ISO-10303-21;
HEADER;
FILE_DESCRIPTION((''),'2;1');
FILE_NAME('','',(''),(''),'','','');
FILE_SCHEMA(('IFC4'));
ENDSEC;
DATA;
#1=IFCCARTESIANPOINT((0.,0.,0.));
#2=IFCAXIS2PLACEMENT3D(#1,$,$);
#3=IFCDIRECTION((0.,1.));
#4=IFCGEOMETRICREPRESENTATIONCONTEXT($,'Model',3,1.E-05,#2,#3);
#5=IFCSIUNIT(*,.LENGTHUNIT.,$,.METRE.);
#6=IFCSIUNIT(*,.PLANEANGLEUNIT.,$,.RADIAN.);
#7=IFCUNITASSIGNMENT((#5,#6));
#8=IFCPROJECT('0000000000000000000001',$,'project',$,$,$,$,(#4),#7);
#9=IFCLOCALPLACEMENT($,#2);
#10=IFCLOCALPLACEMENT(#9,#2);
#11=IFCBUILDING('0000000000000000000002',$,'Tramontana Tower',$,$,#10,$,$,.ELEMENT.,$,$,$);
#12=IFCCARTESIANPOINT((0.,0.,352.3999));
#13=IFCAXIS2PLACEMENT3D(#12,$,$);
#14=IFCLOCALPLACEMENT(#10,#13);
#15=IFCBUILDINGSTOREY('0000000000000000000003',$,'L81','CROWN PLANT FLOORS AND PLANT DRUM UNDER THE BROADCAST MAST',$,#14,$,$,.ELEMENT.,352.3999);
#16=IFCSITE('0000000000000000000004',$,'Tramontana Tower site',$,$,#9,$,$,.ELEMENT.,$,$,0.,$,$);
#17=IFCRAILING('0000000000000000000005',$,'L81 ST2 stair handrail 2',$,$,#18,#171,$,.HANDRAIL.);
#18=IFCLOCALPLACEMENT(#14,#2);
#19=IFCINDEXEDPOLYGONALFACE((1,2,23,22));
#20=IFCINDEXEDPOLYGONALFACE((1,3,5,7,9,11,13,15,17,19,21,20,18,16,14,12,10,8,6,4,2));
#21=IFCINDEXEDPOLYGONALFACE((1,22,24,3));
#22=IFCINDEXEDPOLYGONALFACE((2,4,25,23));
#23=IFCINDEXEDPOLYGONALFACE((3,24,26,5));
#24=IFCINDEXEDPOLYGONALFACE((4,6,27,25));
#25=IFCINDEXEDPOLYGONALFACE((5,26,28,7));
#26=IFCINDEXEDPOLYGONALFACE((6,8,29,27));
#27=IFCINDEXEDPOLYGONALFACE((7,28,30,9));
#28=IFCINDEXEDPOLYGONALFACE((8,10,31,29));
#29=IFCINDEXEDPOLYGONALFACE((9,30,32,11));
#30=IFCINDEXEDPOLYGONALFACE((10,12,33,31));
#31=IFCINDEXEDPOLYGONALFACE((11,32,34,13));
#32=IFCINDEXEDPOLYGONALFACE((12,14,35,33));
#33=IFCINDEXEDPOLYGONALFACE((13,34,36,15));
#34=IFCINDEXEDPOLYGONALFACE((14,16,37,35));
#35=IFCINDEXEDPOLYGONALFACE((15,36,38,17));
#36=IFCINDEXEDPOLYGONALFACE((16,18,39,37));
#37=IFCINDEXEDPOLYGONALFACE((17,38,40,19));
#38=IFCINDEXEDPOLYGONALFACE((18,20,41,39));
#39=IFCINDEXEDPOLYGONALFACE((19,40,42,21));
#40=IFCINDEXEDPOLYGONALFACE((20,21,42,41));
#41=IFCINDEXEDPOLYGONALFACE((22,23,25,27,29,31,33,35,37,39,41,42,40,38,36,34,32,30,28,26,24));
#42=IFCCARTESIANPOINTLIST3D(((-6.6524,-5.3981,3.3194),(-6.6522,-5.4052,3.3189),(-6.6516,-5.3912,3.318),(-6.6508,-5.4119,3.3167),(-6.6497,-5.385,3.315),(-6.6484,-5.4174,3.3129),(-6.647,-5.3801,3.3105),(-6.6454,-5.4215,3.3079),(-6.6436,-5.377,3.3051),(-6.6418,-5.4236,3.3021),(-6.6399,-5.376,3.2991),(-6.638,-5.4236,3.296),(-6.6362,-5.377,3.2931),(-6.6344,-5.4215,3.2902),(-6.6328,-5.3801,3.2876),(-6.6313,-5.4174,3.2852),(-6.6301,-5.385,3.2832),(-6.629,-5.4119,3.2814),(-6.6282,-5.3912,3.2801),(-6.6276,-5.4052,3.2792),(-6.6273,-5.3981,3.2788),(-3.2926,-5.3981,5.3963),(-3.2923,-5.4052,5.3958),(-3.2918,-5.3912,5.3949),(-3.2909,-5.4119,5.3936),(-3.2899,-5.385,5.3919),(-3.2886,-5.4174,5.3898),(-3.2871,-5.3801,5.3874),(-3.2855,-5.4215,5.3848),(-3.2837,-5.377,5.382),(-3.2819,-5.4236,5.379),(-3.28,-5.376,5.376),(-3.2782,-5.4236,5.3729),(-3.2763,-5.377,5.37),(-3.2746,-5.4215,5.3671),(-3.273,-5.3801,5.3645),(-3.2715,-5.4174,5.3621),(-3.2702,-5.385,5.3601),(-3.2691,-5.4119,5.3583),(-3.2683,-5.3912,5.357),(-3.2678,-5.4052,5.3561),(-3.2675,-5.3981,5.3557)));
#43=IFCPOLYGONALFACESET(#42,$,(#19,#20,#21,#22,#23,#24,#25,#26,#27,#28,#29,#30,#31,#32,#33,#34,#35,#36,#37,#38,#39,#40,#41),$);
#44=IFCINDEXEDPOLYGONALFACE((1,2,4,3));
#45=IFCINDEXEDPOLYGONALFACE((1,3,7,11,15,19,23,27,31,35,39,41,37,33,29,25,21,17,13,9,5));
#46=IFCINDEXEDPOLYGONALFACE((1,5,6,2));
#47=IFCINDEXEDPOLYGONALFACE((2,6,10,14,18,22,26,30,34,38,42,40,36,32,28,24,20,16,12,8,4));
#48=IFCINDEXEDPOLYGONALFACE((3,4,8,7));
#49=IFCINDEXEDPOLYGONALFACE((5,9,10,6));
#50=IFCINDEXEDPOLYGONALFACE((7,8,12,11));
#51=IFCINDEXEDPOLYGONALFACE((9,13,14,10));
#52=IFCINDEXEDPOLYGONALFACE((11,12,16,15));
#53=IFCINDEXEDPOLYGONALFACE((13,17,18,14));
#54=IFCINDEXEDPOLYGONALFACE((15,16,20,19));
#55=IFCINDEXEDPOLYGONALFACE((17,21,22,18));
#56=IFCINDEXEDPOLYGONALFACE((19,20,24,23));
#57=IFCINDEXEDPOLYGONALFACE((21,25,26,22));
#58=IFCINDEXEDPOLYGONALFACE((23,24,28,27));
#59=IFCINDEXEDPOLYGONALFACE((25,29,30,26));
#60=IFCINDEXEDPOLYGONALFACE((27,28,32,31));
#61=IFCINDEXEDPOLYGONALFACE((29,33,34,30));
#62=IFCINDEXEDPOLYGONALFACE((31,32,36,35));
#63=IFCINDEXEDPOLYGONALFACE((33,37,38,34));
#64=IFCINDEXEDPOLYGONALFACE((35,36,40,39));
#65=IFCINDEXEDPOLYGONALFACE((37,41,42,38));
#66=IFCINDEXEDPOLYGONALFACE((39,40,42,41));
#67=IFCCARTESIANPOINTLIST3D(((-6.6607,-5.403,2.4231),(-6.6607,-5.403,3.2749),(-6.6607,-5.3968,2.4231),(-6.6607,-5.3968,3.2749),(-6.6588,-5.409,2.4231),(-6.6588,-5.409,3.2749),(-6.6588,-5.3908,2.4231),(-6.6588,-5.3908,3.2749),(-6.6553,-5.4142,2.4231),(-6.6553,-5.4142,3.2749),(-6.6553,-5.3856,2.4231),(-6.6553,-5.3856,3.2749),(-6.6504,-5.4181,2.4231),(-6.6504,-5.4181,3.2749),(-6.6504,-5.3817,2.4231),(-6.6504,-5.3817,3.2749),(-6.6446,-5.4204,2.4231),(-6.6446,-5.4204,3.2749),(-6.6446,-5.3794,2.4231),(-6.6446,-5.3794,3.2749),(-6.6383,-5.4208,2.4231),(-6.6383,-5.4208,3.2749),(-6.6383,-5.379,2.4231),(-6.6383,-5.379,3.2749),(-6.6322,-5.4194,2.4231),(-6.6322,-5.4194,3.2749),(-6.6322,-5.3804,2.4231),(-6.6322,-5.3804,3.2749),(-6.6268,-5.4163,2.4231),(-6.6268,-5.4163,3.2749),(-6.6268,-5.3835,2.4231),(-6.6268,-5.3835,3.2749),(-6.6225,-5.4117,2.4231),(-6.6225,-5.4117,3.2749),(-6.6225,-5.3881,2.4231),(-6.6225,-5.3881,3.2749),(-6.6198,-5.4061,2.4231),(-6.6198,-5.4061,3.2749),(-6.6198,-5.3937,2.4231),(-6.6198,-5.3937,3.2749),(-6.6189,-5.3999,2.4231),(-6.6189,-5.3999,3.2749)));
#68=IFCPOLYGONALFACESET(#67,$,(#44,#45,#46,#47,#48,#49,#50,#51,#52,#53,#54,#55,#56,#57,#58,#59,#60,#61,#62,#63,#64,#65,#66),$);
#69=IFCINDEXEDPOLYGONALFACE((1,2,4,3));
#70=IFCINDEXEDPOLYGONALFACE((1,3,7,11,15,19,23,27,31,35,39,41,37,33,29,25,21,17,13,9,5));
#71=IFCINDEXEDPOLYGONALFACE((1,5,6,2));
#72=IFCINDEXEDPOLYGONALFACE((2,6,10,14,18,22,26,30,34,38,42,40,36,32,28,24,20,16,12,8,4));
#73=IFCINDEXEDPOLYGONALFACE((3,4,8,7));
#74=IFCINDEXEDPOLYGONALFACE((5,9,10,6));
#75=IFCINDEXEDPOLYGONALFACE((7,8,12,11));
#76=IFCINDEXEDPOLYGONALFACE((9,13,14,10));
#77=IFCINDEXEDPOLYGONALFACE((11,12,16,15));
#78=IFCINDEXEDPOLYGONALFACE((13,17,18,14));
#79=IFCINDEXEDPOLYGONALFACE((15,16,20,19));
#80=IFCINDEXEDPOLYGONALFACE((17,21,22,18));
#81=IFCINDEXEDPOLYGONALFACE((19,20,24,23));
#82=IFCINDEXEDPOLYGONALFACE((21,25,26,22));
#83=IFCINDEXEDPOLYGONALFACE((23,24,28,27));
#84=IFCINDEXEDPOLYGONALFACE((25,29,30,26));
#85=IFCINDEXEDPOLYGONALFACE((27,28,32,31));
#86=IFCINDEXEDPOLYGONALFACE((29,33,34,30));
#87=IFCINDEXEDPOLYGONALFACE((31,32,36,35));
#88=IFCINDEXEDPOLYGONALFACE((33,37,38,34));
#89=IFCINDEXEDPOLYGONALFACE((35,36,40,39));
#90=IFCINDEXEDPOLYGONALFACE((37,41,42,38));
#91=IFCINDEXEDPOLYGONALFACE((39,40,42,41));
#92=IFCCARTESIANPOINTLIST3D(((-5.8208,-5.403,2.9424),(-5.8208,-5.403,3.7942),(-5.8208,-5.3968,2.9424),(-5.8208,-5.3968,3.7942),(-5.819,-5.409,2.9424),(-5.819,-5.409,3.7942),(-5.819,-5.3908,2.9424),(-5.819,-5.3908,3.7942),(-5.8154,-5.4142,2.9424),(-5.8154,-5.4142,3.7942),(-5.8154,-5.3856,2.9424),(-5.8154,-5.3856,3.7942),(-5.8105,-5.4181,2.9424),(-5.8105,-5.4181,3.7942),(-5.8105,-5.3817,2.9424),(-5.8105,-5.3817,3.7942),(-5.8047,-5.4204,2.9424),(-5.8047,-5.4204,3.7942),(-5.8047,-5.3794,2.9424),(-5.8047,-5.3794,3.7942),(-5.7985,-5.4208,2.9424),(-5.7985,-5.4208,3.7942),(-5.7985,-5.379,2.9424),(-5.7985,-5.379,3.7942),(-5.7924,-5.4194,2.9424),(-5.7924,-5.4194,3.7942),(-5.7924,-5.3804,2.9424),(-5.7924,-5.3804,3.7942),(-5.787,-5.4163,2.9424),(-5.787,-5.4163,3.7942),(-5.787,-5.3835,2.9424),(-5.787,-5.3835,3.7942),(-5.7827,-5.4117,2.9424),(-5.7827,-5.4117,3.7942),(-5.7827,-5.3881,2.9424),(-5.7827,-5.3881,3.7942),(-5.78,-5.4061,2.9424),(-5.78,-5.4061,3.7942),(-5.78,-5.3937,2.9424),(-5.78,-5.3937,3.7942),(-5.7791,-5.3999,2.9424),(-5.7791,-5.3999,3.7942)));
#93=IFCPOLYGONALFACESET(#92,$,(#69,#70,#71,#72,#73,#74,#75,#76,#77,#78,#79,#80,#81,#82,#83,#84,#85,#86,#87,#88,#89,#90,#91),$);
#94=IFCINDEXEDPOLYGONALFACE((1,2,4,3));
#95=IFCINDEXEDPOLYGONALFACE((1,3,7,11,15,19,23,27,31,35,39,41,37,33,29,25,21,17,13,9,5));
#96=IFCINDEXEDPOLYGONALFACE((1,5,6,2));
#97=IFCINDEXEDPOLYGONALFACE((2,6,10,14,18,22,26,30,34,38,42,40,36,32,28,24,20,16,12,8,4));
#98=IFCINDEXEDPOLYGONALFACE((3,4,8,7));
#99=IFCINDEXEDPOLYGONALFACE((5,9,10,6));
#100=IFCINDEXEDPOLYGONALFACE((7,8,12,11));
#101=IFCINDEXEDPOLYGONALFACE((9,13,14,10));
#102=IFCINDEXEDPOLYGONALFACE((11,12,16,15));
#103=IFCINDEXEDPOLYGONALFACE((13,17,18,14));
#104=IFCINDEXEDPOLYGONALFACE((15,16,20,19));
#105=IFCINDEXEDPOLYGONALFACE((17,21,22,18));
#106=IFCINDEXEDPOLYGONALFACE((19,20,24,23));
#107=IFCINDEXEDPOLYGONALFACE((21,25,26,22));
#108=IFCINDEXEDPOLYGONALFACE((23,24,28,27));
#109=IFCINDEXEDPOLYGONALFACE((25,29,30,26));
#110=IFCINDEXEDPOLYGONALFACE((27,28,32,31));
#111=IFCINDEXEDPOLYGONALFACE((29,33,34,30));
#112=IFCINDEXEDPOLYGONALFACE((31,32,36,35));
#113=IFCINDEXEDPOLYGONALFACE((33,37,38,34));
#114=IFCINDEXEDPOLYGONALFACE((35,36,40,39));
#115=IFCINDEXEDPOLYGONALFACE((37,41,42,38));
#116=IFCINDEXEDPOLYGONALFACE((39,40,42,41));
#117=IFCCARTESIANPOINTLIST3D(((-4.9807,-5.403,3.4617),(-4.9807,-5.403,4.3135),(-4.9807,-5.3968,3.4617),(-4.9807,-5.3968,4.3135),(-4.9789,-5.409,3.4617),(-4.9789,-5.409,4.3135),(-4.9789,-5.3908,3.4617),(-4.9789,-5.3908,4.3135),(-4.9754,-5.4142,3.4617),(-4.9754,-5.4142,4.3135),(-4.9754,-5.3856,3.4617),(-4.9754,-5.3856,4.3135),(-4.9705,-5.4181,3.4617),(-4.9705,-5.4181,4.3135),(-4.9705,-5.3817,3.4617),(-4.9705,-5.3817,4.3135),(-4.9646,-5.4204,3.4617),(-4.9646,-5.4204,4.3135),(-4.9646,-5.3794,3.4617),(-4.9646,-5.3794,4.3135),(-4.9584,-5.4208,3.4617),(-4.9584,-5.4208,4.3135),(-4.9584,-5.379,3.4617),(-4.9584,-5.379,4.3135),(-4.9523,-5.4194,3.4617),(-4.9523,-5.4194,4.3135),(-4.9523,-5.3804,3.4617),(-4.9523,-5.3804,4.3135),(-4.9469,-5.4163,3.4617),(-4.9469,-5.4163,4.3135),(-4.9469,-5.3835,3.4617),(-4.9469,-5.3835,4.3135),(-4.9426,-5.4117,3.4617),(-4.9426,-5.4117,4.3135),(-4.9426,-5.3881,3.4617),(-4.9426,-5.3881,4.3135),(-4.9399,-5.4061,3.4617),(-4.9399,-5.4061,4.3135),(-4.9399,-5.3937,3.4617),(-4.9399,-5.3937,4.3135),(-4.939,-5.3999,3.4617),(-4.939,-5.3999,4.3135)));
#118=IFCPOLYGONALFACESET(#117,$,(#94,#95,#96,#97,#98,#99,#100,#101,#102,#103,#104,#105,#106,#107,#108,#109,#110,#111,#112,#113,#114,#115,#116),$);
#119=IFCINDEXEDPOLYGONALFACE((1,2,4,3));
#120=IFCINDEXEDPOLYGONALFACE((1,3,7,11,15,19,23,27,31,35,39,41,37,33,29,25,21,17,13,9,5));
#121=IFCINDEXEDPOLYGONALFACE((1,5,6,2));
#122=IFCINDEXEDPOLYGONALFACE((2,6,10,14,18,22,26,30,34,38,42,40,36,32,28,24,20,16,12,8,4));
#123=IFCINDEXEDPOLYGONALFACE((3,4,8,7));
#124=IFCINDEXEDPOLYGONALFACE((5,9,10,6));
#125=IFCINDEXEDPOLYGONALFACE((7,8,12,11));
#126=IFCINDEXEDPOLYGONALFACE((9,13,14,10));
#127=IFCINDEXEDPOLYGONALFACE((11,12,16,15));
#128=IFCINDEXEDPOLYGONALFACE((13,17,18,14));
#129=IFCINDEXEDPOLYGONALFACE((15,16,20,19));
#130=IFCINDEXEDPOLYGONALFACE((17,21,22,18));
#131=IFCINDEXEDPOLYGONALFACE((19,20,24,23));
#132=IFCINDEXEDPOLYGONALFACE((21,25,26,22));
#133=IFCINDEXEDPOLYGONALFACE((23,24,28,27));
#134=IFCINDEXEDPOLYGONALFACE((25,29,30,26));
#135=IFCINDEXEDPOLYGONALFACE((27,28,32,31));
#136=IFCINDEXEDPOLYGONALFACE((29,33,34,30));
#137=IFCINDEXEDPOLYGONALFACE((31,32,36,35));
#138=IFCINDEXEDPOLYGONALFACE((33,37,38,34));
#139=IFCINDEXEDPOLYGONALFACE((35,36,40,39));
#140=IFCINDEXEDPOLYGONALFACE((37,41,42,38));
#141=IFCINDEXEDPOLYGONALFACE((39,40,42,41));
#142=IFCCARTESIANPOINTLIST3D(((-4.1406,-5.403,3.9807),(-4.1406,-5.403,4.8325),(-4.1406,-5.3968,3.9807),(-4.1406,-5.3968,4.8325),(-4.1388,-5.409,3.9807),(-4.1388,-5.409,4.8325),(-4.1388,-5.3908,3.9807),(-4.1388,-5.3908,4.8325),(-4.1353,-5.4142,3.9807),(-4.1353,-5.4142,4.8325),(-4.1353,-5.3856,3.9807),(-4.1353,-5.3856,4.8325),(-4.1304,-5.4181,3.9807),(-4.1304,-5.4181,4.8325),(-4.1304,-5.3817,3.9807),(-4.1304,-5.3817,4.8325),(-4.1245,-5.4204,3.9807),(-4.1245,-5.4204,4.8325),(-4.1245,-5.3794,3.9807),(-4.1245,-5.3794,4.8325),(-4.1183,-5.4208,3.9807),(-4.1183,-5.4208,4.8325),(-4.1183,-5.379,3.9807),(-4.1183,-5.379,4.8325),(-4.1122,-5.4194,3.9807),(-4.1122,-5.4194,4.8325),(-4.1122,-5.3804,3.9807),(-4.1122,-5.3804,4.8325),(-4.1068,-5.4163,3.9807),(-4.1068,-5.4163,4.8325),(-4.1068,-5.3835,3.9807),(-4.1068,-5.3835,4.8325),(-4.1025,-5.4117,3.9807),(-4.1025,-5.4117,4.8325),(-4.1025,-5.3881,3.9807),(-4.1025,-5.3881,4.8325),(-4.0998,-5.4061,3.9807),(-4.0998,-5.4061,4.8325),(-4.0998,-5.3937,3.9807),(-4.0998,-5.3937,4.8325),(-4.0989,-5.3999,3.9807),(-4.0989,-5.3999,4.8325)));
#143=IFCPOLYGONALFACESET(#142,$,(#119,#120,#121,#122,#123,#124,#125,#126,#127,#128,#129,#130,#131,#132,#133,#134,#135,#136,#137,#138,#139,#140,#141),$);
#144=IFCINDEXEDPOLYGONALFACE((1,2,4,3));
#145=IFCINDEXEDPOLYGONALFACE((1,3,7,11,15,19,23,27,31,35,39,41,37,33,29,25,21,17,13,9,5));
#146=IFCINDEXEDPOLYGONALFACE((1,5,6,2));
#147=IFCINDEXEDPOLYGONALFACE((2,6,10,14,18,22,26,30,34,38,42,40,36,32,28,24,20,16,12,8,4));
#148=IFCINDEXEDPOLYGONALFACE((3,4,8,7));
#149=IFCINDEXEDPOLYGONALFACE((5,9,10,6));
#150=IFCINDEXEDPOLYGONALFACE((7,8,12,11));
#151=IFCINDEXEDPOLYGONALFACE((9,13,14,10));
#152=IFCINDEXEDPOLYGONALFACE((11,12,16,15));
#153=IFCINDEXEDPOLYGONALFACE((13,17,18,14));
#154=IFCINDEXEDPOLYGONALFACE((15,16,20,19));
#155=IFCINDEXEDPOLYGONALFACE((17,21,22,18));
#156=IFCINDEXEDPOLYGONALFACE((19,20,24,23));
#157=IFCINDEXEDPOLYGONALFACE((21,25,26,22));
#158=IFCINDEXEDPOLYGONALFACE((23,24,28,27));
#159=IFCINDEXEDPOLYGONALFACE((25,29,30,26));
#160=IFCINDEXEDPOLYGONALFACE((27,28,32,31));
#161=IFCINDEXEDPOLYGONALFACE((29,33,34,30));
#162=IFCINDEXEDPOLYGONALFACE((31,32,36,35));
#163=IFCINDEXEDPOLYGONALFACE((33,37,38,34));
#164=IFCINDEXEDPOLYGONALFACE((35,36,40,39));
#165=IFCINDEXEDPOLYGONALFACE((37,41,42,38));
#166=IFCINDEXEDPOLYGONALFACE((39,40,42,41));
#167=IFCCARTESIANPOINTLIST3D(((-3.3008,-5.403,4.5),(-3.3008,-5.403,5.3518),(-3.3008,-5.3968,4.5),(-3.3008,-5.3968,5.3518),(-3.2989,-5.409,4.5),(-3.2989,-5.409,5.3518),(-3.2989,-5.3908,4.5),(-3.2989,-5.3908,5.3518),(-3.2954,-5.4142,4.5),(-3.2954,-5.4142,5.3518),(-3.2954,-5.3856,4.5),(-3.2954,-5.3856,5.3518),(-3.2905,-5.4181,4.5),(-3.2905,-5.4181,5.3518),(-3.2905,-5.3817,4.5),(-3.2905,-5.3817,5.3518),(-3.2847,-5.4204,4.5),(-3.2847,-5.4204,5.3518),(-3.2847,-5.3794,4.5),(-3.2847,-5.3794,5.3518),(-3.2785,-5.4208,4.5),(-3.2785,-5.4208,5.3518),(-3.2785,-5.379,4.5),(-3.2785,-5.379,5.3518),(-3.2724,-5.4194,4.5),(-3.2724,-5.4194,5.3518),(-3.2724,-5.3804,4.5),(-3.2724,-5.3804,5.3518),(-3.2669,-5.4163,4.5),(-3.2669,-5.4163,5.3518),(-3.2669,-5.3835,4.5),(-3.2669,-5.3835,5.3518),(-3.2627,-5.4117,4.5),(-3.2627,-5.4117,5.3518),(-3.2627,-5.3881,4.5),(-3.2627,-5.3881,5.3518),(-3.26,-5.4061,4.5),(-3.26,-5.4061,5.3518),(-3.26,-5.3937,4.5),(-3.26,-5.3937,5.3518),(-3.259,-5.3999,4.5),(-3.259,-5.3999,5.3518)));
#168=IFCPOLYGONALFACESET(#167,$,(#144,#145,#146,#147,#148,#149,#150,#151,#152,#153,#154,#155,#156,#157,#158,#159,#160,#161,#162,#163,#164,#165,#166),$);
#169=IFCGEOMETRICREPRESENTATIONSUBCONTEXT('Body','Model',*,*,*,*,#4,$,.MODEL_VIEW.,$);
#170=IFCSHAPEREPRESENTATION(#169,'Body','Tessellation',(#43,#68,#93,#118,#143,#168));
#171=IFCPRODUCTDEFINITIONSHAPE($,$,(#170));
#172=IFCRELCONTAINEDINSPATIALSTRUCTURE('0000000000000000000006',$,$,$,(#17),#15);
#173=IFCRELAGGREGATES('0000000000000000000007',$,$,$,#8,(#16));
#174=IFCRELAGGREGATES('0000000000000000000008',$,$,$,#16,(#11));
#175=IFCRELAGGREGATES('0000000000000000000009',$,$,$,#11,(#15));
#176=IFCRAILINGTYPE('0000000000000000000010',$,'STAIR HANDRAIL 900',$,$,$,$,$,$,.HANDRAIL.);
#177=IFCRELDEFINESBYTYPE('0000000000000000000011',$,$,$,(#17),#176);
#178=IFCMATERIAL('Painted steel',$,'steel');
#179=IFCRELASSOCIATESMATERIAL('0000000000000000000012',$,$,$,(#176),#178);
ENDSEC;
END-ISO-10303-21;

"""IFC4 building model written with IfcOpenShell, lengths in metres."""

from ifc_helpers import new_model, si_unit, direction, frame, origin, origin_2d, place, context, subcontext, project, spatial, circle, extrude, material, type_object, element, save


model = new_model("IFC4")

# Units and contexts
model_context = context("Model", 3, precision=1e-05, world=origin(), true_north=direction((0.0, 1.0)))
body_context = subcontext(model_context, "Body", "Model", "MODEL_VIEW")
ifc_project = project(units=[si_unit("LENGTHUNIT", "METRE"), si_unit("PLANEANGLEUNIT", "RADIAN")], contexts=[model_context])

# Site, building, storey
site_placement = place(None, origin())
site = spatial("IfcSite", under=ifc_project, at=site_placement, Name="Tramontana Tower site", CompositionType="ELEMENT", RefElevation=0.0)
building_placement = place(site_placement, origin())
building = spatial("IfcBuilding", under=site, at=building_placement, Name="Tramontana Tower", CompositionType="ELEMENT")
storey_placement = place(building_placement, frame((0.0, 0.0, 352.3999)))
storey = spatial("IfcBuildingStorey", under=building, at=storey_placement, Name="L81", Description="CROWN PLANT FLOORS AND PLANT DRUM UNDER THE BROADCAST MAST", CompositionType="ELEMENT", Elevation=352.3999)

# Railing
ifc_material_1 = material(Name="Painted steel", Category="steel")
railing_type_1 = type_object("IfcRailingType", Name="STAIR HANDRAIL 900", PredefinedType="HANDRAIL", material=ifc_material_1)
railing_1_placement = place(storey_placement, frame((-6.6399, -5.3999, 2.4231)))
element("IfcRailing", 1, at=railing_1_placement, inside=storey, type_object=railing_type_1, Name="L81 ST2 stair handrail 2", PredefinedType="HANDRAIL", context=body_context, shape_type="SweptSolid", body=[
    extrude(circle(Radius=0.0239, at=origin_2d()), frame((0.0, 0.0, 0.876), z_axis=(0.850606, 0.0, 0.525803), x_axis=(0.0, 1.0, 0.0)), (0.0, 0.0, 1.0), 3.95),
    extrude(circle(Radius=0.021, at=origin_2d()), origin(), (0.0, 0.0, 1.0), 0.8518),
    extrude(circle(Radius=0.021, at=origin_2d()), frame((0.8398, 0.0, 0.5193)), (0.0, 0.0, 1.0), 0.8518),
    extrude(circle(Radius=0.021, at=origin_2d()), frame((1.6799, 0.0, 1.0386)), (0.0, 0.0, 1.0), 0.8518),
    extrude(circle(Radius=0.021, at=origin_2d()), frame((2.52, 0.0, 1.5576)), (0.0, 0.0, 1.0), 0.8518),
    extrude(circle(Radius=0.021, at=origin_2d()), frame((3.3599, 0.0, 2.0769)), (0.0, 0.0, 1.0), 0.8518),
])

save(model, "model.ifc")
